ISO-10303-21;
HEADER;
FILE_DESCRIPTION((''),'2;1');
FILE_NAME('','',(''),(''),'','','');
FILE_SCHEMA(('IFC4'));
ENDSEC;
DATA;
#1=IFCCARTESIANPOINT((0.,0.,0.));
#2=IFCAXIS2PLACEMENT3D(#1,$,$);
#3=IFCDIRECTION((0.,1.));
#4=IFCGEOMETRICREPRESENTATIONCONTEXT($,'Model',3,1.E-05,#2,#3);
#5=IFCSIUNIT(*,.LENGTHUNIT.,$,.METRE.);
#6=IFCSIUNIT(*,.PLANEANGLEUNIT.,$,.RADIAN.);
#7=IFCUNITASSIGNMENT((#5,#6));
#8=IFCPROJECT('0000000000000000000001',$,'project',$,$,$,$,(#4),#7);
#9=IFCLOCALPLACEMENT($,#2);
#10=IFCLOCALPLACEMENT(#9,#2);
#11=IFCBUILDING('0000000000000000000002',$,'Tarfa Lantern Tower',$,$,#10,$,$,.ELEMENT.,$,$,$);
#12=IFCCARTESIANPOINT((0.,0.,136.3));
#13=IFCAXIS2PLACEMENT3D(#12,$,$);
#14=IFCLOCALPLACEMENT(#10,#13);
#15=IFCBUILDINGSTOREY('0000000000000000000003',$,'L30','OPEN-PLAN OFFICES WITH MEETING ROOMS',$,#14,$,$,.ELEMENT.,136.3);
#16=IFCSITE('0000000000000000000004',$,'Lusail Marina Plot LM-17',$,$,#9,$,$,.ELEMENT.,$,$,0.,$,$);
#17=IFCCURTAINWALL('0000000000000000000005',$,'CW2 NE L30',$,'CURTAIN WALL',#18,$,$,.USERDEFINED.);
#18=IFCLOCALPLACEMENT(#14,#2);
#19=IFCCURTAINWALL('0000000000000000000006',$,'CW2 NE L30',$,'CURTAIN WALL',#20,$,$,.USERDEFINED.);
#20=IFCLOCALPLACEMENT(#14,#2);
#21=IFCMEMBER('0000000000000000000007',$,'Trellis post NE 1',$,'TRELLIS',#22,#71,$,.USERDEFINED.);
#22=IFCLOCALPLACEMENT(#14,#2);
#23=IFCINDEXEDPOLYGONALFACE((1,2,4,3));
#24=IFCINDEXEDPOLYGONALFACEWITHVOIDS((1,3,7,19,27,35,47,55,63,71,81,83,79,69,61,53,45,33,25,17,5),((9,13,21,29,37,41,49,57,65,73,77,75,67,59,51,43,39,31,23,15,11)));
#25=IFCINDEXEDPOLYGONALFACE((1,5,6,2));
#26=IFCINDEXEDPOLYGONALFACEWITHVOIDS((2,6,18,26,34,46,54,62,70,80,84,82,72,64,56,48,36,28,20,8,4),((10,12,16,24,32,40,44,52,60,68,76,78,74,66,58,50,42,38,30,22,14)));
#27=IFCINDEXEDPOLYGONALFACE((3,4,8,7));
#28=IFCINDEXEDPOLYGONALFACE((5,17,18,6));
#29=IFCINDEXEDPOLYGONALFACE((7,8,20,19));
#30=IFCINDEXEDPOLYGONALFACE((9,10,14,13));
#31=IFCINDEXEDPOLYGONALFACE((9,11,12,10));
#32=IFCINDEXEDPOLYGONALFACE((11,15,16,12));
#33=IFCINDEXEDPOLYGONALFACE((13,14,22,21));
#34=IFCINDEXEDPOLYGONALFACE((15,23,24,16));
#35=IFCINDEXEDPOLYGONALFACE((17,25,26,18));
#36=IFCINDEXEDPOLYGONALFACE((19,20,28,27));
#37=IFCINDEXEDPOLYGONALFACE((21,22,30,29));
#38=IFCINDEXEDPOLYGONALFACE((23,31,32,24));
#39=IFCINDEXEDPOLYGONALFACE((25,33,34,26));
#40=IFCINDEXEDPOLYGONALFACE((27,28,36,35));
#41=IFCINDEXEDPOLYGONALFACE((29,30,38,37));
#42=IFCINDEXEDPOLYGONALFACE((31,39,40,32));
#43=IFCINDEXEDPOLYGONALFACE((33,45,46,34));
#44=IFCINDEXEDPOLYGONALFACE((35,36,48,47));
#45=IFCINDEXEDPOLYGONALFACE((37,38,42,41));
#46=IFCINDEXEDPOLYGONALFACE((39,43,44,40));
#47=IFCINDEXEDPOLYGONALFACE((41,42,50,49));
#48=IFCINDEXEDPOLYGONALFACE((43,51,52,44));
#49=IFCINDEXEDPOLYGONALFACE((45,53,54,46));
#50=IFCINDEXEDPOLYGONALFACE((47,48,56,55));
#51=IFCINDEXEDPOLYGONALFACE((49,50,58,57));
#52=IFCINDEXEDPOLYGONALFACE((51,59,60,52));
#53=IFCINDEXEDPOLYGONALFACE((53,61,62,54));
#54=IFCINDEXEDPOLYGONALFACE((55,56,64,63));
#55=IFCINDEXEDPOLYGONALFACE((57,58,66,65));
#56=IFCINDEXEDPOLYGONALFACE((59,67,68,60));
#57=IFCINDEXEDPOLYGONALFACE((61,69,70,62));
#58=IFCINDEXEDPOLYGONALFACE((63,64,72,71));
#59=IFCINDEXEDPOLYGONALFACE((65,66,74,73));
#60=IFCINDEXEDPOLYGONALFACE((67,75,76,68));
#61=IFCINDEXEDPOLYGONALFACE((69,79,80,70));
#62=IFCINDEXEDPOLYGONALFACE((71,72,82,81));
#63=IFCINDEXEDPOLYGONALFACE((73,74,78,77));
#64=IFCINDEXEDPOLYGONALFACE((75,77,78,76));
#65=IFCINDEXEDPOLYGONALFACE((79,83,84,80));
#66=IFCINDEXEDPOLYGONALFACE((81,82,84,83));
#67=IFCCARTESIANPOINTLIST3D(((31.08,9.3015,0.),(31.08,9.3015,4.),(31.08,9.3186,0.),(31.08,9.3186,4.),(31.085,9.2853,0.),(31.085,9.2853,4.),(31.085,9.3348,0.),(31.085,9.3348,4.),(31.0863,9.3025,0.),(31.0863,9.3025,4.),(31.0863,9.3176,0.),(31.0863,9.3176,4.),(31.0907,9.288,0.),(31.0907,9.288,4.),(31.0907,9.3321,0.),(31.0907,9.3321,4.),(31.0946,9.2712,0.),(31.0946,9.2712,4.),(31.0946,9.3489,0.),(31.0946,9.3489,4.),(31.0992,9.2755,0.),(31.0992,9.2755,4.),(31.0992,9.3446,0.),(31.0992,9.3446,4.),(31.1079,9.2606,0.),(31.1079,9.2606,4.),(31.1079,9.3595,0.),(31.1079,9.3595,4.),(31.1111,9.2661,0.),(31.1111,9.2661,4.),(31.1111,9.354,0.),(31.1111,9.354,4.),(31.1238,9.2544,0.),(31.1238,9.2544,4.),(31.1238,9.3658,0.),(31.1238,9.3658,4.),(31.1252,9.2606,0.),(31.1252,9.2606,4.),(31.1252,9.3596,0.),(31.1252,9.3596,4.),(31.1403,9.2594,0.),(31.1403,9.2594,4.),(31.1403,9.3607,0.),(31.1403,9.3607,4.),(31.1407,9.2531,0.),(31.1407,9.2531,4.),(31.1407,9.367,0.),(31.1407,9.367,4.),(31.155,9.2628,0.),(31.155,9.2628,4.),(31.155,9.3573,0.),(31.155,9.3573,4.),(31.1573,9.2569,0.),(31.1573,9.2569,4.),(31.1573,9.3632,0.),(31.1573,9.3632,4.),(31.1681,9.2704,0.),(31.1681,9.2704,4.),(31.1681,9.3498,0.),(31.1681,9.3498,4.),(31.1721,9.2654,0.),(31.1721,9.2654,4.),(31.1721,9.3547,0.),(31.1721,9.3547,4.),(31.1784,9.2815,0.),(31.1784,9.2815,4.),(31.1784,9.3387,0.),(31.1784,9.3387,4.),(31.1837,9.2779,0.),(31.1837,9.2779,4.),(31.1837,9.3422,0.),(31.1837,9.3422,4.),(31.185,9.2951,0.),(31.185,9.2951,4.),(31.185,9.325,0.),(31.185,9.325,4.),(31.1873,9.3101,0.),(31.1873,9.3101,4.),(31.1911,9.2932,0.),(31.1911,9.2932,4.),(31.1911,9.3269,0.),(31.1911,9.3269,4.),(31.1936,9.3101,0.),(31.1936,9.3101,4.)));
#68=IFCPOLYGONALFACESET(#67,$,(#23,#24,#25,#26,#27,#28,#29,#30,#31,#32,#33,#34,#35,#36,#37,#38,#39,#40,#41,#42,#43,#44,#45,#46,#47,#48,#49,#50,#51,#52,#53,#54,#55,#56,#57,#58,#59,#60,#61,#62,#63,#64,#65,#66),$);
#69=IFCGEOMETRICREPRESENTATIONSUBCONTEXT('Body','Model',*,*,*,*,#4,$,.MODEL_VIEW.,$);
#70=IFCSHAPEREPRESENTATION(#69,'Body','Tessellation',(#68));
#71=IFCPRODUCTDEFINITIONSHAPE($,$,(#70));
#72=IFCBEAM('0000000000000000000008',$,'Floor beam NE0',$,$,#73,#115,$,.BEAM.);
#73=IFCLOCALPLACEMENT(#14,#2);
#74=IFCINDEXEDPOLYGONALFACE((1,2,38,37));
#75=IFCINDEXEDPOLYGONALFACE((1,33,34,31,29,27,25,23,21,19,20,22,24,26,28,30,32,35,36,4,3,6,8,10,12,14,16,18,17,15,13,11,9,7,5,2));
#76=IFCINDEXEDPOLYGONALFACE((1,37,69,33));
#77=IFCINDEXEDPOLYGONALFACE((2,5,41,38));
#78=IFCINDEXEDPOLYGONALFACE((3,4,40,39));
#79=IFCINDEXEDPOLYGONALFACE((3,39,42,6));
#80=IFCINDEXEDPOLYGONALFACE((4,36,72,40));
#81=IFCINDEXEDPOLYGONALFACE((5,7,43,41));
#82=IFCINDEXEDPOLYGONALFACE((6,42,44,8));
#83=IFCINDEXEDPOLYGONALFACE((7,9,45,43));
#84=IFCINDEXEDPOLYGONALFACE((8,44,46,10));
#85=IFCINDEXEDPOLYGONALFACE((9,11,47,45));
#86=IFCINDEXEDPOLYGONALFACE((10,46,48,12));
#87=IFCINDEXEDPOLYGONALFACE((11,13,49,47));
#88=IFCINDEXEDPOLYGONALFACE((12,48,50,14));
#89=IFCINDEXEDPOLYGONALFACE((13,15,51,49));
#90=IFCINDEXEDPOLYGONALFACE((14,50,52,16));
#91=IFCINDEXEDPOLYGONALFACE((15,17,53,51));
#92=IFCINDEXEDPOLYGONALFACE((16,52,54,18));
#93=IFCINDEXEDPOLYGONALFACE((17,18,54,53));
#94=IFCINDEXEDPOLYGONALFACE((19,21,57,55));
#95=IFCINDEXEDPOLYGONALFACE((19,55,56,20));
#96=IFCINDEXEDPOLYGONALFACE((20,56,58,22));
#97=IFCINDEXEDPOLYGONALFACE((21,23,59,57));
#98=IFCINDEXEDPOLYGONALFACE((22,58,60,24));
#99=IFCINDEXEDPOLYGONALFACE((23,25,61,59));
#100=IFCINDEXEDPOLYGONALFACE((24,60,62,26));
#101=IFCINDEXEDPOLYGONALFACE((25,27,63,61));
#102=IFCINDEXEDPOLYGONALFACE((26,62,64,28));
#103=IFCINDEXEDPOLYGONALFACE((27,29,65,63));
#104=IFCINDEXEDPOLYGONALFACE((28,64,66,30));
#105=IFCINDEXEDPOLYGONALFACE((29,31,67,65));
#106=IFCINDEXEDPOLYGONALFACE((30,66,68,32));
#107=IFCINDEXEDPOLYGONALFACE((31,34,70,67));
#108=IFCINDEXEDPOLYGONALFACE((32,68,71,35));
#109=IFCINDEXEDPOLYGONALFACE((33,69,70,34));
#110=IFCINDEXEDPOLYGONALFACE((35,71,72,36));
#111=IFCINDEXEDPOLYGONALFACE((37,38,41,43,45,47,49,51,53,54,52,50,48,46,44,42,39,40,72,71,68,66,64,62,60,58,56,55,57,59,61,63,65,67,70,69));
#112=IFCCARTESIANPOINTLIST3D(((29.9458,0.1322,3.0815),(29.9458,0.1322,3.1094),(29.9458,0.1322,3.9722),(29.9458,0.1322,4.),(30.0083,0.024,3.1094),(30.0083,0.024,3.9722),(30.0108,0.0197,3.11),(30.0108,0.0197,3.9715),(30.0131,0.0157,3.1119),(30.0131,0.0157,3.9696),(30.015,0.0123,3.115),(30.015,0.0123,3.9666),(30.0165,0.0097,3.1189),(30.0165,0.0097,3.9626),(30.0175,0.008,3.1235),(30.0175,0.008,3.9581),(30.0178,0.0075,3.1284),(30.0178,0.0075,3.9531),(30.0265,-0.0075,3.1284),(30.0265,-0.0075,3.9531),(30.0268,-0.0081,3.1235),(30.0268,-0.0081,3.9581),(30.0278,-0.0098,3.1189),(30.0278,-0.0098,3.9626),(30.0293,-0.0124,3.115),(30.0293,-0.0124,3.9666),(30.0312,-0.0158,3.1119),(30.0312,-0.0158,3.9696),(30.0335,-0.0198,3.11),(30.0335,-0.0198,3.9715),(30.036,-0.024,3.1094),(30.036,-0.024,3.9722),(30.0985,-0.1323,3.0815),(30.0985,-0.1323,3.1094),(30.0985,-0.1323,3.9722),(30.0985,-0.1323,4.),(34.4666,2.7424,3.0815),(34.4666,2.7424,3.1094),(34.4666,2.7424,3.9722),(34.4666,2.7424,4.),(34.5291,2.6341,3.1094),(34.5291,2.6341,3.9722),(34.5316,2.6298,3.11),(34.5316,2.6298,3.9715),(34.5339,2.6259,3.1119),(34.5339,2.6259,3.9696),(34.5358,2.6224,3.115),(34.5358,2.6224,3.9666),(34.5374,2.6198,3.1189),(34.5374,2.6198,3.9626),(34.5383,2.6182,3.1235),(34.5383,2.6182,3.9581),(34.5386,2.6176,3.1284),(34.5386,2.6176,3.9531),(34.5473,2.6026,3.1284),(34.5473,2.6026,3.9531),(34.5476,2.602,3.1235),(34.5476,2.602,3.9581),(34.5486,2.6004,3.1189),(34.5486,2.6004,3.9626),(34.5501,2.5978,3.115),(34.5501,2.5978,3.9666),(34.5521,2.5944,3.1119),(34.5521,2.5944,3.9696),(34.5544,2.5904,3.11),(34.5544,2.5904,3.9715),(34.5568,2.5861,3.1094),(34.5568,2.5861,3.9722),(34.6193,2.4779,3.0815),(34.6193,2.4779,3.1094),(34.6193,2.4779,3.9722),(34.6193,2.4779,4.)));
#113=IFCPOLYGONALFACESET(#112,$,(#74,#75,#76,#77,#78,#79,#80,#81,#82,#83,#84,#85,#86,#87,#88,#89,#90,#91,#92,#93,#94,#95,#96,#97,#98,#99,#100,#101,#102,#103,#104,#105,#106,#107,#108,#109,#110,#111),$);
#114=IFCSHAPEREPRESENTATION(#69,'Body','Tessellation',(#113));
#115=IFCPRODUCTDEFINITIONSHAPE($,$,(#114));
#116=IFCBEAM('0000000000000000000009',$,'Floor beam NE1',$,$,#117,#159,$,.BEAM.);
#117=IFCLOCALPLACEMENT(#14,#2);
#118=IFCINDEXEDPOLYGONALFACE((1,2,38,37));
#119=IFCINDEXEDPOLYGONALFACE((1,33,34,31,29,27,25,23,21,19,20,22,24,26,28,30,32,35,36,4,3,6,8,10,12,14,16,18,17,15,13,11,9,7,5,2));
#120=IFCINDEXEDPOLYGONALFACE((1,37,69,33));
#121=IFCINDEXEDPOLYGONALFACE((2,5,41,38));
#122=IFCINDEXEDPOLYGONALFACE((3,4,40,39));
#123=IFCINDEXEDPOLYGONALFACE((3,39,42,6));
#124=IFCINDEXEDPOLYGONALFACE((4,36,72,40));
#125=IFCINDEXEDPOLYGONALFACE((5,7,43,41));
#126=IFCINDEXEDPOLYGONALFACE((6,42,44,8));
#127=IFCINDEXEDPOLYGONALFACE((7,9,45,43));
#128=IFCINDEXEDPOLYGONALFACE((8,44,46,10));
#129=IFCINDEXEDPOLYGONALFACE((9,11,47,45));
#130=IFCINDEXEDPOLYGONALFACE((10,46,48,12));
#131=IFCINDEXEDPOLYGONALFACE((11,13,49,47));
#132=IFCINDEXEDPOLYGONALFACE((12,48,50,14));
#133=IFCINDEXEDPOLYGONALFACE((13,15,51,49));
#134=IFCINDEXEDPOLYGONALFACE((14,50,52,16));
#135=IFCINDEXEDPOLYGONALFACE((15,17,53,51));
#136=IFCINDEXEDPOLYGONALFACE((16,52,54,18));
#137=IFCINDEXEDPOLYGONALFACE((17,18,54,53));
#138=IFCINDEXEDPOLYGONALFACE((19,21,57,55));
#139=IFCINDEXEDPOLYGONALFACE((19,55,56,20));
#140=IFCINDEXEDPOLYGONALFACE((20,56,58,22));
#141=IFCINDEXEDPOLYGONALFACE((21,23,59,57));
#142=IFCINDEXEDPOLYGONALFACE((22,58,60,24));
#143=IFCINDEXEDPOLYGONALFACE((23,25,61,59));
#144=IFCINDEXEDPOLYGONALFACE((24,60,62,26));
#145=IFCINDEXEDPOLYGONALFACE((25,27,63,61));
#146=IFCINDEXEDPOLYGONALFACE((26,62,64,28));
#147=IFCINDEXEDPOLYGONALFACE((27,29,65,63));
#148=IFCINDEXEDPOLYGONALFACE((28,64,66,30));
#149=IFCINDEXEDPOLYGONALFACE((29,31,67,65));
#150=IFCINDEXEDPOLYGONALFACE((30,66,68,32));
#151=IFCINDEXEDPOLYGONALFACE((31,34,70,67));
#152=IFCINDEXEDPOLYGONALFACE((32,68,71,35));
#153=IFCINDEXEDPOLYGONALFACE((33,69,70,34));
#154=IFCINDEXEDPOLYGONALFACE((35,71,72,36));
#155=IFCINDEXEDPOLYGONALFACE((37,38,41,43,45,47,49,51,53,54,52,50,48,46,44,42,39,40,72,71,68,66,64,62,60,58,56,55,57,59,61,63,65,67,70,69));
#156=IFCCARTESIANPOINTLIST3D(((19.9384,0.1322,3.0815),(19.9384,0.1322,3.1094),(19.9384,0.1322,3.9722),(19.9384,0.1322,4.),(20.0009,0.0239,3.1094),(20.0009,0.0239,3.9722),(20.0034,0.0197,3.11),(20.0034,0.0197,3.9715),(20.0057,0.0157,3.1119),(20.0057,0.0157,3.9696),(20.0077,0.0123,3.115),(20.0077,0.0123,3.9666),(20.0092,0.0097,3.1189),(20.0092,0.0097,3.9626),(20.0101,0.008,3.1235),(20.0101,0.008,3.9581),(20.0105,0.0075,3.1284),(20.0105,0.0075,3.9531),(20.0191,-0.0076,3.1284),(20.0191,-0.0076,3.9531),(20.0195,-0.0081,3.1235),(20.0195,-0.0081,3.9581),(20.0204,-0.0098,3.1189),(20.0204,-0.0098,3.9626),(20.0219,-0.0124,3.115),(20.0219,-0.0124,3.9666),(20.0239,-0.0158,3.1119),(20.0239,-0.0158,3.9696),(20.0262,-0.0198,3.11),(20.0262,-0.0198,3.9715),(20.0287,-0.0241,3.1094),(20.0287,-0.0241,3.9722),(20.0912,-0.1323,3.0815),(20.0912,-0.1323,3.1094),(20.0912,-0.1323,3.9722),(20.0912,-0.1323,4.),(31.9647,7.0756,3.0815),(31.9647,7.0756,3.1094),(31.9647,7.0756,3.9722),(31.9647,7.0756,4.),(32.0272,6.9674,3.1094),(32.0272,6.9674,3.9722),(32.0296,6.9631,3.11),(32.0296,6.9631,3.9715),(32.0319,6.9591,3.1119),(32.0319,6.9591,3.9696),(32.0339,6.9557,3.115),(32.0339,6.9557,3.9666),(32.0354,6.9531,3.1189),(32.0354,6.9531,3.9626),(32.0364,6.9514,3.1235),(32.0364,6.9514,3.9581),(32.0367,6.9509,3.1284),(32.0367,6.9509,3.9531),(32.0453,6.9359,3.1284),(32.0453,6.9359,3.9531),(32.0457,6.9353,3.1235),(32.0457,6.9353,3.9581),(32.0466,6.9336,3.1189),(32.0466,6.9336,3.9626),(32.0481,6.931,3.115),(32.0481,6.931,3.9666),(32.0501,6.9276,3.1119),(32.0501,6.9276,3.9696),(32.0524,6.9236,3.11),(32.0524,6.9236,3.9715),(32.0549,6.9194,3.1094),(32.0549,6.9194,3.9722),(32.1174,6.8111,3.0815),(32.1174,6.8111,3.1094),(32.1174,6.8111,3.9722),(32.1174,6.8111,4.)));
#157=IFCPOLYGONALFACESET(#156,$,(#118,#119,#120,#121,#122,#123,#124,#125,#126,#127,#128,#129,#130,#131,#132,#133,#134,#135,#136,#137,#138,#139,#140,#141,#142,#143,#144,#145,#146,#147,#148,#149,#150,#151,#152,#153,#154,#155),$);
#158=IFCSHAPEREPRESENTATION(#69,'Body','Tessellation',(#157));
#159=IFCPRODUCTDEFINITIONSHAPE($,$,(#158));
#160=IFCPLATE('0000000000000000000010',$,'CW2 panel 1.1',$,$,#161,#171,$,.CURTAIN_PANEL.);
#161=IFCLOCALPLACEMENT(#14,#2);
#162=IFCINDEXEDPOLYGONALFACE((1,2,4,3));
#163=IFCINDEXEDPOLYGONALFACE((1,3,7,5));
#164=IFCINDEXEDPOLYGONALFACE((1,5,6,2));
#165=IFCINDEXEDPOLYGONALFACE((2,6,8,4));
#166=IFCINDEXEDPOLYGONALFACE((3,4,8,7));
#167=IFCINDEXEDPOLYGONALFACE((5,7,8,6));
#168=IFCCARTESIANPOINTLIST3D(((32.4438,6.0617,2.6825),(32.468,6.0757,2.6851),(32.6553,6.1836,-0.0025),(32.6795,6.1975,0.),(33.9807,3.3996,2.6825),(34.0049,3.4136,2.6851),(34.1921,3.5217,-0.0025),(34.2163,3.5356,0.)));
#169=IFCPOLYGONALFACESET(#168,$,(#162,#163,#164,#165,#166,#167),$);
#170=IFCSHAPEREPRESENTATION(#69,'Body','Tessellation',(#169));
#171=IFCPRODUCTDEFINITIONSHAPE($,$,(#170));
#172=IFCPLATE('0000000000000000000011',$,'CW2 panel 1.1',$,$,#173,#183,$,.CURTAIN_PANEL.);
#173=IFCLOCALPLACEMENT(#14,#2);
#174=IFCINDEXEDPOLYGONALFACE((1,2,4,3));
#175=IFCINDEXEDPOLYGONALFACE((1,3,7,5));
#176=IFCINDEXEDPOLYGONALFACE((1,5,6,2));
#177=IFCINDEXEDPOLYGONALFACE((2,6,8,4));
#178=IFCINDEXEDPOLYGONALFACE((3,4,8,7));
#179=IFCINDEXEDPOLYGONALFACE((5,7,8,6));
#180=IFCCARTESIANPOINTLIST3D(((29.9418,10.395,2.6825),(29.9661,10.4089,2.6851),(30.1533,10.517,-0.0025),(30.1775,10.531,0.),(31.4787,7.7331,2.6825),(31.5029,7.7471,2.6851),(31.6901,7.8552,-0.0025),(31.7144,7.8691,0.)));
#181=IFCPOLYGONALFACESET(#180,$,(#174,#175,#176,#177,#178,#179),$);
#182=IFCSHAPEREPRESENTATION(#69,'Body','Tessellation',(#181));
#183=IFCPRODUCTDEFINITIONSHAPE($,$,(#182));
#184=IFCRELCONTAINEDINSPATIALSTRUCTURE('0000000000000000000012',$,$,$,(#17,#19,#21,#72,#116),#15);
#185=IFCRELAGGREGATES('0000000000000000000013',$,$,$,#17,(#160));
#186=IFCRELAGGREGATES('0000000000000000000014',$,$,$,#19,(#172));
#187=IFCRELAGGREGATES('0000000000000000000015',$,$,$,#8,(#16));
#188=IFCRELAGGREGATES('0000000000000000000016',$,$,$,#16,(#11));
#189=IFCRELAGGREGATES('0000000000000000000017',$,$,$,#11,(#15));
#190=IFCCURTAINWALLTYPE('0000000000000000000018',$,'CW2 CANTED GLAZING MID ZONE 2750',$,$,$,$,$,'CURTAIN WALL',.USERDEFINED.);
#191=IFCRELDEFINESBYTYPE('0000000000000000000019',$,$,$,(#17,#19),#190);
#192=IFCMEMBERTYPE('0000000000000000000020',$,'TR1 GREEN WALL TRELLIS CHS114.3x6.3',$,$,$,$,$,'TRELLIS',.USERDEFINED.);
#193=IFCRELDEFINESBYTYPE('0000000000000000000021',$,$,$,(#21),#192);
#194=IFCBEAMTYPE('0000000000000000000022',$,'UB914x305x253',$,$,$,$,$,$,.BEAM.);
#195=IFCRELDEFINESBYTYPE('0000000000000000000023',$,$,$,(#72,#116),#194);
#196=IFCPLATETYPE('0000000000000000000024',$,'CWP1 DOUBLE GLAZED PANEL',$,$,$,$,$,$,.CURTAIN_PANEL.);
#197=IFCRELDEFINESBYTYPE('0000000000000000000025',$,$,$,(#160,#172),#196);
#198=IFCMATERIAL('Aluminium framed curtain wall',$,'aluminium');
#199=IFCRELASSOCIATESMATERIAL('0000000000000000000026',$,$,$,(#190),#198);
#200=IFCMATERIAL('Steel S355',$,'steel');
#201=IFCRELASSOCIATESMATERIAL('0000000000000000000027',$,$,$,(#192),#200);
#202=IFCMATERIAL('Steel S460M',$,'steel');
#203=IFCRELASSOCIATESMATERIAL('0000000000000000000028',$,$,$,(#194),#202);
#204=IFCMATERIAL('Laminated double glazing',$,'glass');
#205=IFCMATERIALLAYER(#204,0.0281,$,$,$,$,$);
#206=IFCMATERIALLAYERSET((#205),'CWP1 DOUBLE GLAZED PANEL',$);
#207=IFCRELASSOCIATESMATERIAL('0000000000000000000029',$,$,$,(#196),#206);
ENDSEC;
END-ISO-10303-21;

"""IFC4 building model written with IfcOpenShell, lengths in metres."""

from ifc_helpers import new_model, si_unit, direction, frame, origin, origin_2d, place, context, subcontext, project, spatial, polyline, hollow_circle, i_section, outline, extrude, material, layer, layer_set, material_profile, profile_set, type_object, element, aggregate, save


model = new_model("IFC4")

# Units and contexts
model_context = context("Model", 3, precision=1e-05, world=origin(), true_north=direction((0.0, 1.0)))
body_context = subcontext(model_context, "Body", "Model", "MODEL_VIEW")
ifc_project = project(units=[si_unit("LENGTHUNIT", "METRE"), si_unit("PLANEANGLEUNIT", "RADIAN")], contexts=[model_context])

# Site, building, storey
site_placement = place(None, origin())
site = spatial("IfcSite", under=ifc_project, at=site_placement, Name="Lusail Marina Plot LM-17", CompositionType="ELEMENT", RefElevation=0.0)
building_placement = place(site_placement, origin())
building = spatial("IfcBuilding", under=site, at=building_placement, Name="Tarfa Lantern Tower", CompositionType="ELEMENT")
storey_placement = place(building_placement, frame((0.0, 0.0, 136.3)))
storey = spatial("IfcBuildingStorey", under=building, at=storey_placement, Name="L30", Description="OPEN-PLAN OFFICES WITH MEETING ROOMS", CompositionType="ELEMENT", Elevation=136.3)

# Curtain walls
ifc_material_1 = material(Name="Aluminium framed curtain wall", Category="aluminium")
curtain_wall_type_1 = type_object("IfcCurtainWallType", Name="CW2 CANTED GLAZING MID ZONE 2750", ElementType="CURTAIN WALL", PredefinedType="USERDEFINED", material=ifc_material_1)
curtain_wall_1_placement = place(storey_placement, origin())
curtain_wall_1 = element("IfcCurtainWall", 1, at=curtain_wall_1_placement, inside=storey, type_object=curtain_wall_type_1, Name="CW2 NE L30", ObjectType="CURTAIN WALL", PredefinedType="USERDEFINED")
curtain_wall_2_placement = place(storey_placement, origin())
curtain_wall_2 = element("IfcCurtainWall", 2, at=curtain_wall_2_placement, inside=storey, type_object=curtain_wall_type_1, Name="CW2 NE L30", ObjectType="CURTAIN WALL", PredefinedType="USERDEFINED")

# Member
ifc_material_2 = material(Name="Steel S355", Category="steel")
ifc_material_profile_1 = material_profile(ifc_material_2, hollow_circle(Radius=0.0571, WallThickness=0.0063, at=origin_2d()), Name="CHS114.3x6.3")
ifc_profile_set_1 = profile_set([ifc_material_profile_1], Name="Steel S355")
member_type_1 = type_object("IfcMemberType", Name="TR1 GREEN WALL TRELLIS CHS114.3x6.3", ElementType="TRELLIS", PredefinedType="USERDEFINED", material=ifc_profile_set_1)
member_1_placement = place(storey_placement, frame((31.1365, 9.3101, 0.0), z_axis=(0.0, 0.0, 1.0), x_axis=(1.0, 0.0, 0.0)))
element("IfcMember", 3, at=member_1_placement, inside=storey, type_object=member_type_1, Name="Trellis post NE 1", ObjectType="TRELLIS", PredefinedType="USERDEFINED", context=body_context, shape_type="SweptSolid", body=[
    extrude(hollow_circle(Radius=0.0571, WallThickness=0.0063, at=origin_2d()), origin(), (0.0, 0.0, 1.0), 4.0),
])

# Beams
ifc_material_3 = material(Name="Steel S460M", Category="steel")
ifc_material_profile_2 = material_profile(ifc_material_3, i_section(OverallWidth=0.3054, OverallDepth=0.9185, WebThickness=0.0173, FlangeThickness=0.0278, FilletRadius=0.019, at=origin_2d()), Name="UB914x305x253")
ifc_profile_set_2 = profile_set([ifc_material_profile_2], Name="Steel S460M")
beam_type_1 = type_object("IfcBeamType", Name="UB914x305x253", PredefinedType="BEAM", material=ifc_profile_set_2)
beam_1_placement = place(storey_placement, frame((34.543, 2.6101, 3.5408), z_axis=(-0.866021, -0.500007, 0.0), x_axis=(0.500007, -0.866021, 0.0)))
element("IfcBeam", 4, at=beam_1_placement, inside=storey, type_object=beam_type_1, Name="Floor beam NE0", PredefinedType="BEAM", context=body_context, shape_type="SweptSolid", body=[
    extrude(i_section(OverallWidth=0.3054, OverallDepth=0.9185, WebThickness=0.0173, FlangeThickness=0.0278, FilletRadius=0.019, at=origin_2d()), origin(), (0.0, 0.0, 1.0), 5.2202),
])
beam_2_placement = place(storey_placement, frame((32.041, 6.9434, 3.5408), z_axis=(-0.866023, -0.500004, 0.0), x_axis=(0.500004, -0.866023, 0.0)))
element("IfcBeam", 5, at=beam_2_placement, inside=storey, type_object=beam_type_1, Name="Floor beam NE1", PredefinedType="BEAM", context=body_context, shape_type="SweptSolid", body=[
    extrude(i_section(OverallWidth=0.3054, OverallDepth=0.9185, WebThickness=0.0173, FlangeThickness=0.0278, FilletRadius=0.019, at=origin_2d()), origin(), (0.0, 0.0, 1.0), 13.8867),
])

# Plates
ifc_material_4 = material(Name="Laminated double glazing", Category="glass")
ifc_layer_1 = layer(ifc_material_4, 0.0281)
ifc_layer_set_1 = layer_set([ifc_layer_1], Name="CWP1 DOUBLE GLAZED PANEL")
plate_type = type_object("IfcPlateType", Name="CWP1 DOUBLE GLAZED PANEL", PredefinedType="CURTAIN_PANEL", material=ifc_layer_set_1)
plate_1_placement = place(storey_placement, frame((34.2163, 3.5356, 0.0), z_axis=(0.862474, 0.497939, 0.090528), x_axis=(-0.499992, 0.86603, 0.000002)))
plate_1 = element("IfcPlate", 6, at=plate_1_placement, type_object=plate_type, Name="CW2 panel 1.1", PredefinedType="CURTAIN_PANEL", context=body_context, shape_type="SweptSolid", body=[
    extrude(outline(polyline([(0.0, 0.0), (3.0737, 0.0), (3.0739, 2.6961), (0.0, 2.6961), (0.0, 0.0)])), origin(), (0.0, 0.0, -1.0), 0.0281),
])
aggregate(curtain_wall_1, [plate_1])
plate_2_placement = place(storey_placement, frame((31.7144, 7.8691, 0.0), z_axis=(0.862463, 0.497955, 0.09055), x_axis=(-0.500009, 0.86602, 0.0)))
plate_2 = element("IfcPlate", 7, at=plate_2_placement, type_object=plate_type, Name="CW2 panel 1.1", PredefinedType="CURTAIN_PANEL", context=body_context, shape_type="SweptSolid", body=[
    extrude(outline(polyline([(0.0, 0.0), (3.0737, 0.0), (3.0737, 2.6961), (0.0, 2.6961), (0.0, 0.0)])), origin(), (0.0, 0.0, -1.0), 0.0281),
])
aggregate(curtain_wall_2, [plate_2])

save(model, "model.ifc")
